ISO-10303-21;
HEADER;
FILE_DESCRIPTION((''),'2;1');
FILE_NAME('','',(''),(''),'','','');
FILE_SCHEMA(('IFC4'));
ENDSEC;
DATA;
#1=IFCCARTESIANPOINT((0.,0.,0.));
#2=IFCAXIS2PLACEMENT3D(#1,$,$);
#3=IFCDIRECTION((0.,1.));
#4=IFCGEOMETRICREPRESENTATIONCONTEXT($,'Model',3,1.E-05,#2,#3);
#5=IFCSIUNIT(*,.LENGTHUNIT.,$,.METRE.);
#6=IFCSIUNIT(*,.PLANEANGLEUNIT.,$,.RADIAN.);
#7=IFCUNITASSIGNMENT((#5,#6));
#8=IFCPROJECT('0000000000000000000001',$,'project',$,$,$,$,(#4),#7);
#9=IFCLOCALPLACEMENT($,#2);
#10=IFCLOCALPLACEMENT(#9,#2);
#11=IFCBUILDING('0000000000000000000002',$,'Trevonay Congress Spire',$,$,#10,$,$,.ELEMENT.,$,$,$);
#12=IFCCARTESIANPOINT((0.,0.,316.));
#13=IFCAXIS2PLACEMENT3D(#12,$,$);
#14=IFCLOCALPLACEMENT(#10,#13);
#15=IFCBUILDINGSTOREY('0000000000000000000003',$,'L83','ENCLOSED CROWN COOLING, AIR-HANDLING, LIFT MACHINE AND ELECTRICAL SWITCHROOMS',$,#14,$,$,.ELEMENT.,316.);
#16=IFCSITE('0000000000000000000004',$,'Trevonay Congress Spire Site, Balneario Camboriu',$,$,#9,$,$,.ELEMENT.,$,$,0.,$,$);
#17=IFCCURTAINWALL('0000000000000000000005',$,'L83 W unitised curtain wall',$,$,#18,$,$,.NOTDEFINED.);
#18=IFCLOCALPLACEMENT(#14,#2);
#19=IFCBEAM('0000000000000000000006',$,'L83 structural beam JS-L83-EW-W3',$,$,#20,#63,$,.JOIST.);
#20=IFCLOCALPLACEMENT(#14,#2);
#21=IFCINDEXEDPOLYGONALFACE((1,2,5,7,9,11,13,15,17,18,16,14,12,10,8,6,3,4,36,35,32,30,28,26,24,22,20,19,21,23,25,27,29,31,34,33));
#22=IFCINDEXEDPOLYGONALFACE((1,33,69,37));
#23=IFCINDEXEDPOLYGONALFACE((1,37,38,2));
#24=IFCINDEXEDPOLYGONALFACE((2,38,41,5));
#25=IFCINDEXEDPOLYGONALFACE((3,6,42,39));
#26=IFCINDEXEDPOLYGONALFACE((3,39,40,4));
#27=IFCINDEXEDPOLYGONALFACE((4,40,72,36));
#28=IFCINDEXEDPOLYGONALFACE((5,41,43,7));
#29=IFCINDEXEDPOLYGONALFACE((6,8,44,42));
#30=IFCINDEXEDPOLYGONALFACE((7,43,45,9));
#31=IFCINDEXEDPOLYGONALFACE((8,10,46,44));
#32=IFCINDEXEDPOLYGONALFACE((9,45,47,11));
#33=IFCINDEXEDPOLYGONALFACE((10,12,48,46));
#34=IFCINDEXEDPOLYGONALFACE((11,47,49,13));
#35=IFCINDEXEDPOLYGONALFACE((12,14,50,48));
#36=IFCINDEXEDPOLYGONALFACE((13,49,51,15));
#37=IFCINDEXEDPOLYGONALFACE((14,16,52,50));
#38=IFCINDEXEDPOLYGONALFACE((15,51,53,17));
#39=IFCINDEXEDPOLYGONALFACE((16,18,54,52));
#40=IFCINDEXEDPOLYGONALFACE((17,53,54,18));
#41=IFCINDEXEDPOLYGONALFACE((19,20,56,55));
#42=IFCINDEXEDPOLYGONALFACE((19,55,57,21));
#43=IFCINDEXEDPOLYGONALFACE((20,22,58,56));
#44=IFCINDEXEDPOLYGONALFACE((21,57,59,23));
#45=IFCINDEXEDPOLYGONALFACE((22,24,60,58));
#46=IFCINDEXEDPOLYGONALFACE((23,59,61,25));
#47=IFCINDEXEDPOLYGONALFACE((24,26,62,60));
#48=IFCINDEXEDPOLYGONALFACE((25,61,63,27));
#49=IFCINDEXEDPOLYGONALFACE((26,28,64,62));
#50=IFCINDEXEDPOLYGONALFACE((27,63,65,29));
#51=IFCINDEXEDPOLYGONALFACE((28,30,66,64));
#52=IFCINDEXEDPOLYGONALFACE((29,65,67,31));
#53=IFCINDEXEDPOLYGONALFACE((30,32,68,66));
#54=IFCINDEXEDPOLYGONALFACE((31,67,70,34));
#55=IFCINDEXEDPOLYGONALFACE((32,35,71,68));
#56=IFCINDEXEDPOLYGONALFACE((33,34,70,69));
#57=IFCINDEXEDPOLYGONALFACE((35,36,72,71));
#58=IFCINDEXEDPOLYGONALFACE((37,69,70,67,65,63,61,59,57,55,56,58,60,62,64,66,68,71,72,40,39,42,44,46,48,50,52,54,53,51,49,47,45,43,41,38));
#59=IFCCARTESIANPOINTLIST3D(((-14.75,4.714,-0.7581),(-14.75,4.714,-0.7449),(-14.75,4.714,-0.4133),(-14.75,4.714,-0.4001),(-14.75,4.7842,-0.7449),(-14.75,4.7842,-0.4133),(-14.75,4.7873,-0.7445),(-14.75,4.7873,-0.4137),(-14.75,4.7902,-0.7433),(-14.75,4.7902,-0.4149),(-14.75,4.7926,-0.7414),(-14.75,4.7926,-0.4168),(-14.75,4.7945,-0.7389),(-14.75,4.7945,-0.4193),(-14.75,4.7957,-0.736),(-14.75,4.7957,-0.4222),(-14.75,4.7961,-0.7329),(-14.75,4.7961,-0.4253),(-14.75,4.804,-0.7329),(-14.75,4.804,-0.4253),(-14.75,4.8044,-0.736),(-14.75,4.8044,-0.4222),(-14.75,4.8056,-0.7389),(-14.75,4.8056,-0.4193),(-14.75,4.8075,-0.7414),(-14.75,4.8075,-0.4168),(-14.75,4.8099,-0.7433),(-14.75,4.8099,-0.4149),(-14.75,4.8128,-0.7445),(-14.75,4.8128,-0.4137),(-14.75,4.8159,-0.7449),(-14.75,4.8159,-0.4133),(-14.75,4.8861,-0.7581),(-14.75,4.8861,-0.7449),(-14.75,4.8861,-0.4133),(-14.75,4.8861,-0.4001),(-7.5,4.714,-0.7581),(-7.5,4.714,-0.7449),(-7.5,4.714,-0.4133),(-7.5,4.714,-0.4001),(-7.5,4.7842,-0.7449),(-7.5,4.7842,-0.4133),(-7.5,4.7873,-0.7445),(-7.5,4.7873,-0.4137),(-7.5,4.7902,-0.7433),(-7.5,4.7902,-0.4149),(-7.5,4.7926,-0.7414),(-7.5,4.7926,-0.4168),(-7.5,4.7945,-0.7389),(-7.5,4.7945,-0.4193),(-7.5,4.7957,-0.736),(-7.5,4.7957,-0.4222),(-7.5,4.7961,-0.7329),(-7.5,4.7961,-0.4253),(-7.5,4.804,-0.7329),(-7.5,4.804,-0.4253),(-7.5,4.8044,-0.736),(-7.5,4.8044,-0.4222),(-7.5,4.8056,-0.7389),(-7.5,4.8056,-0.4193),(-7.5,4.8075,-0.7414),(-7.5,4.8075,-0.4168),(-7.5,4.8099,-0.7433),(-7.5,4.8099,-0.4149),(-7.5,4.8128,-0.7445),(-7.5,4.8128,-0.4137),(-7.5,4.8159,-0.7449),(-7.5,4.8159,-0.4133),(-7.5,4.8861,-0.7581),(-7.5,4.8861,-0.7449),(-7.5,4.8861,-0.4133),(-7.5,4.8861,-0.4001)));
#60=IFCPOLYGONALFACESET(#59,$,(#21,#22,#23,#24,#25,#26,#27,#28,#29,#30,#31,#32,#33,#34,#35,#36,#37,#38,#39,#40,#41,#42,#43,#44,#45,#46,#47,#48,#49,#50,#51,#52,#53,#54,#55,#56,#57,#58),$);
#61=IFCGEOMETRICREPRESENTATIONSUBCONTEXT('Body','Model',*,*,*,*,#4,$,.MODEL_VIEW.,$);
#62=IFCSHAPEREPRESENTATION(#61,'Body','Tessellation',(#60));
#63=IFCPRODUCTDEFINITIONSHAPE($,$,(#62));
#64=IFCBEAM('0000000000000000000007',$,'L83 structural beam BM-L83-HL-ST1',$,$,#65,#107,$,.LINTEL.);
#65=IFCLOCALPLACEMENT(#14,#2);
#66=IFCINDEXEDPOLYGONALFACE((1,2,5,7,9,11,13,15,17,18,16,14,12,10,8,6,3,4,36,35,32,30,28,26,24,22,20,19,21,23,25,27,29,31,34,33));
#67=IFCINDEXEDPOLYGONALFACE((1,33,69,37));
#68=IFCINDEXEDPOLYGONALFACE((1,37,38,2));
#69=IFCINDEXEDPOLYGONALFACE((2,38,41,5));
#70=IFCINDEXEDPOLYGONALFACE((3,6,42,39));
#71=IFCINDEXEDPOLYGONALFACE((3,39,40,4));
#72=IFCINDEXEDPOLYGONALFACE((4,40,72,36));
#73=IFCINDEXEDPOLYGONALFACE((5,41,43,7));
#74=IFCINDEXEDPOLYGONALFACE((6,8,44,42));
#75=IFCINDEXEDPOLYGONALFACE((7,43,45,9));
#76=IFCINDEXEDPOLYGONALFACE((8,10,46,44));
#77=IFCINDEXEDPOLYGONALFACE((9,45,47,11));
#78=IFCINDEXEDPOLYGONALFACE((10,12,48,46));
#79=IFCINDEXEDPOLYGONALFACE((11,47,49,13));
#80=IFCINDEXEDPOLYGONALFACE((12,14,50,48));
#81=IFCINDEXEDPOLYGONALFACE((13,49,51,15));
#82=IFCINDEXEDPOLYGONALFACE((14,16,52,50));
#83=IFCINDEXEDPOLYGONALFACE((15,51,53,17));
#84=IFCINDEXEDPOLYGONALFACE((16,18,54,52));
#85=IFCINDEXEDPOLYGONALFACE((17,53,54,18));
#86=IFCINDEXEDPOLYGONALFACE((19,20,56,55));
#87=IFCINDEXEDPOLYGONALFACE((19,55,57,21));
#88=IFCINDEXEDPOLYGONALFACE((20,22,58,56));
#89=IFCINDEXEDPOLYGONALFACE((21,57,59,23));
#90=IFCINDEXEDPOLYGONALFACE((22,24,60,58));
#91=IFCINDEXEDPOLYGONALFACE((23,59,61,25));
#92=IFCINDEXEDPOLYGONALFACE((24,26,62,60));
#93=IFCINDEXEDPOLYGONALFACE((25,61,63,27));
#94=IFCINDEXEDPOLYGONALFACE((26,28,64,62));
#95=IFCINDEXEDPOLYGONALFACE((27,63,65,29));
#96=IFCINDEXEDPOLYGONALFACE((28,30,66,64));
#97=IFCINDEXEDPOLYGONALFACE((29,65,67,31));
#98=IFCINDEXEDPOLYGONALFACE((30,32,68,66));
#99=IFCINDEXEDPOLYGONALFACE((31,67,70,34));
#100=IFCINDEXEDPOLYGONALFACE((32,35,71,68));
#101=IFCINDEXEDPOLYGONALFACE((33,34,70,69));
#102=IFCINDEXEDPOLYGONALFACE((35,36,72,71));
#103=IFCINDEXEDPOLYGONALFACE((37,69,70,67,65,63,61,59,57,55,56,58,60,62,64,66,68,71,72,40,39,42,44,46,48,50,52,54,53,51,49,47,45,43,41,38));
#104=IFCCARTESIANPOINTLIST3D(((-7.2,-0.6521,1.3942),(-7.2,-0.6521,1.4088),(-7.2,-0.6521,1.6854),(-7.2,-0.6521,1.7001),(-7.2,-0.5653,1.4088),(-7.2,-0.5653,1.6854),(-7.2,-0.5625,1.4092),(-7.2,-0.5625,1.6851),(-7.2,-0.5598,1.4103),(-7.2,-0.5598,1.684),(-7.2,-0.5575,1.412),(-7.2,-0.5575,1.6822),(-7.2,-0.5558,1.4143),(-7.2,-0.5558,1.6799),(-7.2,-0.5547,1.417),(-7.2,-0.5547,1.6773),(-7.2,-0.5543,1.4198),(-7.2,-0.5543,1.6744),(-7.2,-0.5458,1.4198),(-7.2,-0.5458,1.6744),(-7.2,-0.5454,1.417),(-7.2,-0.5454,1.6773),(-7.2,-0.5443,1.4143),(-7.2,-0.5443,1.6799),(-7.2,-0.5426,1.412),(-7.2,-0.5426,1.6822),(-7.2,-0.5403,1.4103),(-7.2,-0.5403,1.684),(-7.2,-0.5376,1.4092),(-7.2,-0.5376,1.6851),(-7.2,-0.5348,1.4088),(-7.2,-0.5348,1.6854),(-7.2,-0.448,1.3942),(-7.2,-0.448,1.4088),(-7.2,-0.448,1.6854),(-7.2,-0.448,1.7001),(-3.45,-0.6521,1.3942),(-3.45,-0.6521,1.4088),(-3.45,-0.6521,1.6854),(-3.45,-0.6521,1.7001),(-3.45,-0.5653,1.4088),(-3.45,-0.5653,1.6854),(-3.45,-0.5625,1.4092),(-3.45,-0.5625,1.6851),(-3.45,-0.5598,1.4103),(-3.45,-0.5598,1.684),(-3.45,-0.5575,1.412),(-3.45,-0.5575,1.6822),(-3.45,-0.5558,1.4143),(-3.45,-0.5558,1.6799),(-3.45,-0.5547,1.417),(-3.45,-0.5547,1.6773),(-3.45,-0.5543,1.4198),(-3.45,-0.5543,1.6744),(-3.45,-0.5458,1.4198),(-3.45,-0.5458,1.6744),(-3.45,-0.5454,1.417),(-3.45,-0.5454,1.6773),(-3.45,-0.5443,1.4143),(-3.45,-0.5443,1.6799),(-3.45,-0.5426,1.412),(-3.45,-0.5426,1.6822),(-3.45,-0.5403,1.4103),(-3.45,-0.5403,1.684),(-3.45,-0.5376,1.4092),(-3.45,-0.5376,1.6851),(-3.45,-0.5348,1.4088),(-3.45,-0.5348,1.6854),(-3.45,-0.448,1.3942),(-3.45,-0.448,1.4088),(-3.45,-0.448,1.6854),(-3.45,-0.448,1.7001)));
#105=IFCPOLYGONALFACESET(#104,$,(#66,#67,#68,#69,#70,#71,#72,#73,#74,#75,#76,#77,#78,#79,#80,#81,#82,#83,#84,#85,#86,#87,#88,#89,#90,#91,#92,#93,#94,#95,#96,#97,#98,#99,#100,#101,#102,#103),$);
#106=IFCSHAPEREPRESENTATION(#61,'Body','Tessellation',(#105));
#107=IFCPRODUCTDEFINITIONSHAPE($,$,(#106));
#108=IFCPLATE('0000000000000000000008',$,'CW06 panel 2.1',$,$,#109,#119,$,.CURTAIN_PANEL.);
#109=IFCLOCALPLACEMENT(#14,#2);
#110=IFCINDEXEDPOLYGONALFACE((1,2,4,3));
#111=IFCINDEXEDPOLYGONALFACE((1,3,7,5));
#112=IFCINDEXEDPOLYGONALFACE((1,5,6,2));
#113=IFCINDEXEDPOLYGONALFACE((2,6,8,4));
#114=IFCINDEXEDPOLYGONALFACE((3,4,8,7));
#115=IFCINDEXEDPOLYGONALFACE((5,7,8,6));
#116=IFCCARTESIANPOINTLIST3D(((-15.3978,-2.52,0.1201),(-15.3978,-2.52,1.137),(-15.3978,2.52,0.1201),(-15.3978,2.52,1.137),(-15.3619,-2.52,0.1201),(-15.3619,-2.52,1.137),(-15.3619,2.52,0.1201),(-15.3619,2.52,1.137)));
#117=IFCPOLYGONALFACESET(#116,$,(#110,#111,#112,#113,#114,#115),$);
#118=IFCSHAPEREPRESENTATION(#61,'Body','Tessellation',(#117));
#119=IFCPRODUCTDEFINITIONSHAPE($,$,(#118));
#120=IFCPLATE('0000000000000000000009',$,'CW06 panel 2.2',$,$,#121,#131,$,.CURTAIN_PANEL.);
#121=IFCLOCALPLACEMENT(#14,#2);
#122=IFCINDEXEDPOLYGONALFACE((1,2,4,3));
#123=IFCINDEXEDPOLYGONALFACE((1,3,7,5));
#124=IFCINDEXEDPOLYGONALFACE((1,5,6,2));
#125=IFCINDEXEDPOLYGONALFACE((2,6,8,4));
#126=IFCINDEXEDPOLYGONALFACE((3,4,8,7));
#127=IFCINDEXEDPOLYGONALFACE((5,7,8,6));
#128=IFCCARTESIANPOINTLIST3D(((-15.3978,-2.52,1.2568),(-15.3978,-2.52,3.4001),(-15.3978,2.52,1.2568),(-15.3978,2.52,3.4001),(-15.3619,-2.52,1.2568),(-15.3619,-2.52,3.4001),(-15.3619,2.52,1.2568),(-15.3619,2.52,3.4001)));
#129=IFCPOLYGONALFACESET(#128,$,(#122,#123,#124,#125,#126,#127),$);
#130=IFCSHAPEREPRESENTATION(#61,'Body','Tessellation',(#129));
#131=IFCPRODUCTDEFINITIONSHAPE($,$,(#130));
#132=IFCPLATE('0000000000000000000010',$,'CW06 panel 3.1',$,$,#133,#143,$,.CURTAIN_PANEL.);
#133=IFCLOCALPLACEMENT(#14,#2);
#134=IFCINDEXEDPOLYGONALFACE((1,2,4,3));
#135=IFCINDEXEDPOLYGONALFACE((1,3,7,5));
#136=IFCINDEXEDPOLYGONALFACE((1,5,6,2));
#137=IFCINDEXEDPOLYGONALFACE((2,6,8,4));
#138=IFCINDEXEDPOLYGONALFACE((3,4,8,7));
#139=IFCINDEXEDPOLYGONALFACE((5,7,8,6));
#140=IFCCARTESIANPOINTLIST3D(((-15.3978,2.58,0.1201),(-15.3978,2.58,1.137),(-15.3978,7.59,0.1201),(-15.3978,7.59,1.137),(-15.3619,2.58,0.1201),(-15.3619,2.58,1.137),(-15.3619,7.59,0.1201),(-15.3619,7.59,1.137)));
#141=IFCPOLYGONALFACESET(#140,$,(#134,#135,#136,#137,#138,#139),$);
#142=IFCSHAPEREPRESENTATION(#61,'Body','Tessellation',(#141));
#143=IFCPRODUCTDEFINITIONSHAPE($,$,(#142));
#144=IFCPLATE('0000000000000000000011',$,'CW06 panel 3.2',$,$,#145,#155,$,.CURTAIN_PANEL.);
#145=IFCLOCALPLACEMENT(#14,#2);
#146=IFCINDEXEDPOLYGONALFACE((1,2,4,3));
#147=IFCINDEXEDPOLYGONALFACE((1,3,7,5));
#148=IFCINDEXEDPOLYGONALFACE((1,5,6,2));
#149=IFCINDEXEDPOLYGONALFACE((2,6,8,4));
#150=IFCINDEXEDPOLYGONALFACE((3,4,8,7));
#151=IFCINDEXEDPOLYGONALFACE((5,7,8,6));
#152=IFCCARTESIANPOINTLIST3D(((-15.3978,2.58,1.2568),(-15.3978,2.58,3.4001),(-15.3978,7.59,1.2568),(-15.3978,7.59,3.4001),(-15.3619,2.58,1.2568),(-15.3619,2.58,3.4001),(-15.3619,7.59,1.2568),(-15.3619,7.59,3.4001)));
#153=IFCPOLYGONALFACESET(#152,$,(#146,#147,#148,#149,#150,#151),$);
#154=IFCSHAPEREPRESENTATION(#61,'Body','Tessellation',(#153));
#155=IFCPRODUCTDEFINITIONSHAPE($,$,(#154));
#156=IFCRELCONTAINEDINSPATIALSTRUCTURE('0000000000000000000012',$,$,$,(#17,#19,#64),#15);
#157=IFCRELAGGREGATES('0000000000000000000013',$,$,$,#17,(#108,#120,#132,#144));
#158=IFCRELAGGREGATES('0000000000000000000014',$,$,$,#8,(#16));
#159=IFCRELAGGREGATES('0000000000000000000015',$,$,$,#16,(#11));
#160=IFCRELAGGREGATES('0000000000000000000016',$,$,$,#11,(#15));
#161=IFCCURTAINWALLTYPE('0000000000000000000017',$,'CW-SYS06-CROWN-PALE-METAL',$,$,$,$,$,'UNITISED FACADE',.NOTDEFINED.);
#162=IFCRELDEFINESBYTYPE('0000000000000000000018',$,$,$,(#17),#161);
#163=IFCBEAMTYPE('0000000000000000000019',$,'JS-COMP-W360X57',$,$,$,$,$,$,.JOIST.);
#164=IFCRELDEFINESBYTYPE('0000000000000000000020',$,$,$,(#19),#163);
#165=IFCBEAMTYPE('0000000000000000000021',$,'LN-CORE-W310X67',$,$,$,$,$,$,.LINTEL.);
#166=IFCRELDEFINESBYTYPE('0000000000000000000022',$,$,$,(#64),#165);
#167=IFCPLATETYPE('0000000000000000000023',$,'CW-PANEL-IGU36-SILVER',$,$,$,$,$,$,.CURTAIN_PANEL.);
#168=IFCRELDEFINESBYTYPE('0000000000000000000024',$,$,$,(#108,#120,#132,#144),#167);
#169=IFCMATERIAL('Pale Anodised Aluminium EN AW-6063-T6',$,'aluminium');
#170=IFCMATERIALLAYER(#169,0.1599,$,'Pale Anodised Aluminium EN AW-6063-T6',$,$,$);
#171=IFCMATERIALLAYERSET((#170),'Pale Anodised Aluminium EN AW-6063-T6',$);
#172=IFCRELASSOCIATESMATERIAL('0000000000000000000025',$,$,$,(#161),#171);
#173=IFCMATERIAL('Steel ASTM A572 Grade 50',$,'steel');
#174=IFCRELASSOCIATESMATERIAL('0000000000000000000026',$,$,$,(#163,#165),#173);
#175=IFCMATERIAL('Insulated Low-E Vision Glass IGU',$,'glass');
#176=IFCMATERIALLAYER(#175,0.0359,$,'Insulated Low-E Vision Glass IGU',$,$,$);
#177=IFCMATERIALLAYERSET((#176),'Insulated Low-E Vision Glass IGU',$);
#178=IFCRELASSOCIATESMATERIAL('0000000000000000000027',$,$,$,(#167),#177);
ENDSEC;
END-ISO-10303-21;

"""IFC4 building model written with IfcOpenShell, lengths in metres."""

from ifc_helpers import new_model, si_unit, direction, frame, origin, origin_2d, place, context, subcontext, project, spatial, rectangle, i_section, extrude, material, layer, layer_set, material_profile, profile_set, type_object, element, aggregate, save


model = new_model("IFC4")

# Units and contexts
model_context = context("Model", 3, precision=1e-05, world=origin(), true_north=direction((0.0, 1.0)))
body_context = subcontext(model_context, "Body", "Model", "MODEL_VIEW")
ifc_project = project(units=[si_unit("LENGTHUNIT", "METRE"), si_unit("PLANEANGLEUNIT", "RADIAN")], contexts=[model_context])

# Site, building, storey
site_placement = place(None, origin())
site = spatial("IfcSite", under=ifc_project, at=site_placement, Name="Trevonay Congress Spire Site, Balneario Camboriu", CompositionType="ELEMENT", RefElevation=0.0)
building_placement = place(site_placement, origin())
building = spatial("IfcBuilding", under=site, at=building_placement, Name="Trevonay Congress Spire", CompositionType="ELEMENT")
storey_placement = place(building_placement, frame((0.0, 0.0, 316.0)))
storey = spatial("IfcBuildingStorey", under=building, at=storey_placement, Name="L83", Description="ENCLOSED CROWN COOLING, AIR-HANDLING, LIFT MACHINE AND ELECTRICAL SWITCHROOMS", CompositionType="ELEMENT", Elevation=316.0)

# Shared definitions
ifc_material_1 = material(Name="Steel ASTM A572 Grade 50", Category="steel")

# Curtain wall
ifc_material_2 = material(Name="Pale Anodised Aluminium EN AW-6063-T6", Category="aluminium")
ifc_layer_1 = layer(ifc_material_2, 0.1599, Name="Pale Anodised Aluminium EN AW-6063-T6")
ifc_layer_set_1 = layer_set([ifc_layer_1], Name="Pale Anodised Aluminium EN AW-6063-T6")
curtain_wall_type = type_object("IfcCurtainWallType", Name="CW-SYS06-CROWN-PALE-METAL", ElementType="UNITISED FACADE", PredefinedType="NOTDEFINED", material=ifc_layer_set_1)
curtain_wall_placement = place(storey_placement, origin())
curtain_wall = element("IfcCurtainWall", 1, at=curtain_wall_placement, inside=storey, type_object=curtain_wall_type, Name="L83 W unitised curtain wall", PredefinedType="NOTDEFINED")

# Beams
ifc_material_profile_1 = material_profile(ifc_material_1, i_section(OverallWidth=0.1721, OverallDepth=0.3579, WebThickness=0.0078, FlangeThickness=0.0132, FilletRadius=0.012, at=origin_2d()), Name="W360x57.8")
ifc_profile_set_1 = profile_set([ifc_material_profile_1], Name="Steel ASTM A572 Grade 50")
beam_type_1 = type_object("IfcBeamType", Name="JS-COMP-W360X57", PredefinedType="JOIST", material=ifc_profile_set_1)
beam_1_placement = place(storey_placement, frame((-14.75, 4.8, -0.5791), z_axis=(1.0, 0.0, 0.0), x_axis=(0.0, 1.0, 0.0)))
element("IfcBeam", 2, at=beam_1_placement, inside=storey, type_object=beam_type_1, Name="L83 structural beam JS-L83-EW-W3", PredefinedType="JOIST", context=body_context, shape_type="SweptSolid", body=[
    extrude(i_section(OverallWidth=0.1721, OverallDepth=0.3579, WebThickness=0.0078, FlangeThickness=0.0132, FilletRadius=0.012, at=origin_2d()), origin(), (0.0, 0.0, 1.0), 7.25),
])
ifc_material_profile_2 = material_profile(ifc_material_1, i_section(OverallWidth=0.2041, OverallDepth=0.3059, WebThickness=0.0085, FlangeThickness=0.0146, FilletRadius=0.011, at=origin_2d()), Name="W310x67")
ifc_profile_set_2 = profile_set([ifc_material_profile_2], Name="Steel ASTM A572 Grade 50")
beam_type_2 = type_object("IfcBeamType", Name="LN-CORE-W310X67", PredefinedType="LINTEL", material=ifc_profile_set_2)
beam_2_placement = place(storey_placement, frame((-7.2, -0.55, 1.5471), z_axis=(1.0, 0.0, 0.0), x_axis=(0.0, 1.0, 0.0)))
element("IfcBeam", 3, at=beam_2_placement, inside=storey, type_object=beam_type_2, Name="L83 structural beam BM-L83-HL-ST1", PredefinedType="LINTEL", context=body_context, shape_type="SweptSolid", body=[
    extrude(i_section(OverallWidth=0.2041, OverallDepth=0.3059, WebThickness=0.0085, FlangeThickness=0.0146, FilletRadius=0.011, at=origin_2d()), origin(), (0.0, 0.0, 1.0), 3.75),
])

# Plates
ifc_material_3 = material(Name="Insulated Low-E Vision Glass IGU", Category="glass")
ifc_layer_2 = layer(ifc_material_3, 0.0359, Name="Insulated Low-E Vision Glass IGU")
ifc_layer_set_2 = layer_set([ifc_layer_2], Name="Insulated Low-E Vision Glass IGU")
plate_type = type_object("IfcPlateType", Name="CW-PANEL-IGU36-SILVER", PredefinedType="CURTAIN_PANEL", material=ifc_layer_set_2)
plate_1_placement = place(storey_placement, frame((-15.3799, 0.0, 0.1201), z_axis=(0.0, 0.0, 1.0), x_axis=(0.0, 1.0, 0.0)))
plate_1 = element("IfcPlate", 4, at=plate_1_placement, type_object=plate_type, Name="CW06 panel 2.1", PredefinedType="CURTAIN_PANEL", context=body_context, shape_type="SweptSolid", body=[
    extrude(rectangle(XDim=5.04, YDim=0.0359, at=origin_2d()), origin(), (0.0, 0.0, 1.0), 1.0168),
])
plate_2_placement = place(storey_placement, frame((-15.3799, 0.0, 1.2568), z_axis=(0.0, 0.0, 1.0), x_axis=(0.0, 1.0, 0.0)))
plate_2 = element("IfcPlate", 5, at=plate_2_placement, type_object=plate_type, Name="CW06 panel 2.2", PredefinedType="CURTAIN_PANEL", context=body_context, shape_type="SweptSolid", body=[
    extrude(rectangle(XDim=5.04, YDim=0.0359, at=origin_2d()), origin(), (0.0, 0.0, 1.0), 2.1433),
])
plate_3_placement = place(storey_placement, frame((-15.3799, 5.085, 0.1201), z_axis=(0.0, 0.0, 1.0), x_axis=(0.0, 1.0, 0.0)))
plate_3 = element("IfcPlate", 6, at=plate_3_placement, type_object=plate_type, Name="CW06 panel 3.1", PredefinedType="CURTAIN_PANEL", context=body_context, shape_type="SweptSolid", body=[
    extrude(rectangle(XDim=5.01, YDim=0.0359, at=origin_2d()), origin(), (0.0, 0.0, 1.0), 1.0168),
])
plate_4_placement = place(storey_placement, frame((-15.3799, 5.085, 1.2568), z_axis=(0.0, 0.0, 1.0), x_axis=(0.0, 1.0, 0.0)))
plate_4 = element("IfcPlate", 7, at=plate_4_placement, type_object=plate_type, Name="CW06 panel 3.2", PredefinedType="CURTAIN_PANEL", context=body_context, shape_type="SweptSolid", body=[
    extrude(rectangle(XDim=5.01, YDim=0.0359, at=origin_2d()), origin(), (0.0, 0.0, 1.0), 2.1433),
])
aggregate(curtain_wall, [plate_1, plate_2, plate_3, plate_4])

save(model, "model.ifc")
